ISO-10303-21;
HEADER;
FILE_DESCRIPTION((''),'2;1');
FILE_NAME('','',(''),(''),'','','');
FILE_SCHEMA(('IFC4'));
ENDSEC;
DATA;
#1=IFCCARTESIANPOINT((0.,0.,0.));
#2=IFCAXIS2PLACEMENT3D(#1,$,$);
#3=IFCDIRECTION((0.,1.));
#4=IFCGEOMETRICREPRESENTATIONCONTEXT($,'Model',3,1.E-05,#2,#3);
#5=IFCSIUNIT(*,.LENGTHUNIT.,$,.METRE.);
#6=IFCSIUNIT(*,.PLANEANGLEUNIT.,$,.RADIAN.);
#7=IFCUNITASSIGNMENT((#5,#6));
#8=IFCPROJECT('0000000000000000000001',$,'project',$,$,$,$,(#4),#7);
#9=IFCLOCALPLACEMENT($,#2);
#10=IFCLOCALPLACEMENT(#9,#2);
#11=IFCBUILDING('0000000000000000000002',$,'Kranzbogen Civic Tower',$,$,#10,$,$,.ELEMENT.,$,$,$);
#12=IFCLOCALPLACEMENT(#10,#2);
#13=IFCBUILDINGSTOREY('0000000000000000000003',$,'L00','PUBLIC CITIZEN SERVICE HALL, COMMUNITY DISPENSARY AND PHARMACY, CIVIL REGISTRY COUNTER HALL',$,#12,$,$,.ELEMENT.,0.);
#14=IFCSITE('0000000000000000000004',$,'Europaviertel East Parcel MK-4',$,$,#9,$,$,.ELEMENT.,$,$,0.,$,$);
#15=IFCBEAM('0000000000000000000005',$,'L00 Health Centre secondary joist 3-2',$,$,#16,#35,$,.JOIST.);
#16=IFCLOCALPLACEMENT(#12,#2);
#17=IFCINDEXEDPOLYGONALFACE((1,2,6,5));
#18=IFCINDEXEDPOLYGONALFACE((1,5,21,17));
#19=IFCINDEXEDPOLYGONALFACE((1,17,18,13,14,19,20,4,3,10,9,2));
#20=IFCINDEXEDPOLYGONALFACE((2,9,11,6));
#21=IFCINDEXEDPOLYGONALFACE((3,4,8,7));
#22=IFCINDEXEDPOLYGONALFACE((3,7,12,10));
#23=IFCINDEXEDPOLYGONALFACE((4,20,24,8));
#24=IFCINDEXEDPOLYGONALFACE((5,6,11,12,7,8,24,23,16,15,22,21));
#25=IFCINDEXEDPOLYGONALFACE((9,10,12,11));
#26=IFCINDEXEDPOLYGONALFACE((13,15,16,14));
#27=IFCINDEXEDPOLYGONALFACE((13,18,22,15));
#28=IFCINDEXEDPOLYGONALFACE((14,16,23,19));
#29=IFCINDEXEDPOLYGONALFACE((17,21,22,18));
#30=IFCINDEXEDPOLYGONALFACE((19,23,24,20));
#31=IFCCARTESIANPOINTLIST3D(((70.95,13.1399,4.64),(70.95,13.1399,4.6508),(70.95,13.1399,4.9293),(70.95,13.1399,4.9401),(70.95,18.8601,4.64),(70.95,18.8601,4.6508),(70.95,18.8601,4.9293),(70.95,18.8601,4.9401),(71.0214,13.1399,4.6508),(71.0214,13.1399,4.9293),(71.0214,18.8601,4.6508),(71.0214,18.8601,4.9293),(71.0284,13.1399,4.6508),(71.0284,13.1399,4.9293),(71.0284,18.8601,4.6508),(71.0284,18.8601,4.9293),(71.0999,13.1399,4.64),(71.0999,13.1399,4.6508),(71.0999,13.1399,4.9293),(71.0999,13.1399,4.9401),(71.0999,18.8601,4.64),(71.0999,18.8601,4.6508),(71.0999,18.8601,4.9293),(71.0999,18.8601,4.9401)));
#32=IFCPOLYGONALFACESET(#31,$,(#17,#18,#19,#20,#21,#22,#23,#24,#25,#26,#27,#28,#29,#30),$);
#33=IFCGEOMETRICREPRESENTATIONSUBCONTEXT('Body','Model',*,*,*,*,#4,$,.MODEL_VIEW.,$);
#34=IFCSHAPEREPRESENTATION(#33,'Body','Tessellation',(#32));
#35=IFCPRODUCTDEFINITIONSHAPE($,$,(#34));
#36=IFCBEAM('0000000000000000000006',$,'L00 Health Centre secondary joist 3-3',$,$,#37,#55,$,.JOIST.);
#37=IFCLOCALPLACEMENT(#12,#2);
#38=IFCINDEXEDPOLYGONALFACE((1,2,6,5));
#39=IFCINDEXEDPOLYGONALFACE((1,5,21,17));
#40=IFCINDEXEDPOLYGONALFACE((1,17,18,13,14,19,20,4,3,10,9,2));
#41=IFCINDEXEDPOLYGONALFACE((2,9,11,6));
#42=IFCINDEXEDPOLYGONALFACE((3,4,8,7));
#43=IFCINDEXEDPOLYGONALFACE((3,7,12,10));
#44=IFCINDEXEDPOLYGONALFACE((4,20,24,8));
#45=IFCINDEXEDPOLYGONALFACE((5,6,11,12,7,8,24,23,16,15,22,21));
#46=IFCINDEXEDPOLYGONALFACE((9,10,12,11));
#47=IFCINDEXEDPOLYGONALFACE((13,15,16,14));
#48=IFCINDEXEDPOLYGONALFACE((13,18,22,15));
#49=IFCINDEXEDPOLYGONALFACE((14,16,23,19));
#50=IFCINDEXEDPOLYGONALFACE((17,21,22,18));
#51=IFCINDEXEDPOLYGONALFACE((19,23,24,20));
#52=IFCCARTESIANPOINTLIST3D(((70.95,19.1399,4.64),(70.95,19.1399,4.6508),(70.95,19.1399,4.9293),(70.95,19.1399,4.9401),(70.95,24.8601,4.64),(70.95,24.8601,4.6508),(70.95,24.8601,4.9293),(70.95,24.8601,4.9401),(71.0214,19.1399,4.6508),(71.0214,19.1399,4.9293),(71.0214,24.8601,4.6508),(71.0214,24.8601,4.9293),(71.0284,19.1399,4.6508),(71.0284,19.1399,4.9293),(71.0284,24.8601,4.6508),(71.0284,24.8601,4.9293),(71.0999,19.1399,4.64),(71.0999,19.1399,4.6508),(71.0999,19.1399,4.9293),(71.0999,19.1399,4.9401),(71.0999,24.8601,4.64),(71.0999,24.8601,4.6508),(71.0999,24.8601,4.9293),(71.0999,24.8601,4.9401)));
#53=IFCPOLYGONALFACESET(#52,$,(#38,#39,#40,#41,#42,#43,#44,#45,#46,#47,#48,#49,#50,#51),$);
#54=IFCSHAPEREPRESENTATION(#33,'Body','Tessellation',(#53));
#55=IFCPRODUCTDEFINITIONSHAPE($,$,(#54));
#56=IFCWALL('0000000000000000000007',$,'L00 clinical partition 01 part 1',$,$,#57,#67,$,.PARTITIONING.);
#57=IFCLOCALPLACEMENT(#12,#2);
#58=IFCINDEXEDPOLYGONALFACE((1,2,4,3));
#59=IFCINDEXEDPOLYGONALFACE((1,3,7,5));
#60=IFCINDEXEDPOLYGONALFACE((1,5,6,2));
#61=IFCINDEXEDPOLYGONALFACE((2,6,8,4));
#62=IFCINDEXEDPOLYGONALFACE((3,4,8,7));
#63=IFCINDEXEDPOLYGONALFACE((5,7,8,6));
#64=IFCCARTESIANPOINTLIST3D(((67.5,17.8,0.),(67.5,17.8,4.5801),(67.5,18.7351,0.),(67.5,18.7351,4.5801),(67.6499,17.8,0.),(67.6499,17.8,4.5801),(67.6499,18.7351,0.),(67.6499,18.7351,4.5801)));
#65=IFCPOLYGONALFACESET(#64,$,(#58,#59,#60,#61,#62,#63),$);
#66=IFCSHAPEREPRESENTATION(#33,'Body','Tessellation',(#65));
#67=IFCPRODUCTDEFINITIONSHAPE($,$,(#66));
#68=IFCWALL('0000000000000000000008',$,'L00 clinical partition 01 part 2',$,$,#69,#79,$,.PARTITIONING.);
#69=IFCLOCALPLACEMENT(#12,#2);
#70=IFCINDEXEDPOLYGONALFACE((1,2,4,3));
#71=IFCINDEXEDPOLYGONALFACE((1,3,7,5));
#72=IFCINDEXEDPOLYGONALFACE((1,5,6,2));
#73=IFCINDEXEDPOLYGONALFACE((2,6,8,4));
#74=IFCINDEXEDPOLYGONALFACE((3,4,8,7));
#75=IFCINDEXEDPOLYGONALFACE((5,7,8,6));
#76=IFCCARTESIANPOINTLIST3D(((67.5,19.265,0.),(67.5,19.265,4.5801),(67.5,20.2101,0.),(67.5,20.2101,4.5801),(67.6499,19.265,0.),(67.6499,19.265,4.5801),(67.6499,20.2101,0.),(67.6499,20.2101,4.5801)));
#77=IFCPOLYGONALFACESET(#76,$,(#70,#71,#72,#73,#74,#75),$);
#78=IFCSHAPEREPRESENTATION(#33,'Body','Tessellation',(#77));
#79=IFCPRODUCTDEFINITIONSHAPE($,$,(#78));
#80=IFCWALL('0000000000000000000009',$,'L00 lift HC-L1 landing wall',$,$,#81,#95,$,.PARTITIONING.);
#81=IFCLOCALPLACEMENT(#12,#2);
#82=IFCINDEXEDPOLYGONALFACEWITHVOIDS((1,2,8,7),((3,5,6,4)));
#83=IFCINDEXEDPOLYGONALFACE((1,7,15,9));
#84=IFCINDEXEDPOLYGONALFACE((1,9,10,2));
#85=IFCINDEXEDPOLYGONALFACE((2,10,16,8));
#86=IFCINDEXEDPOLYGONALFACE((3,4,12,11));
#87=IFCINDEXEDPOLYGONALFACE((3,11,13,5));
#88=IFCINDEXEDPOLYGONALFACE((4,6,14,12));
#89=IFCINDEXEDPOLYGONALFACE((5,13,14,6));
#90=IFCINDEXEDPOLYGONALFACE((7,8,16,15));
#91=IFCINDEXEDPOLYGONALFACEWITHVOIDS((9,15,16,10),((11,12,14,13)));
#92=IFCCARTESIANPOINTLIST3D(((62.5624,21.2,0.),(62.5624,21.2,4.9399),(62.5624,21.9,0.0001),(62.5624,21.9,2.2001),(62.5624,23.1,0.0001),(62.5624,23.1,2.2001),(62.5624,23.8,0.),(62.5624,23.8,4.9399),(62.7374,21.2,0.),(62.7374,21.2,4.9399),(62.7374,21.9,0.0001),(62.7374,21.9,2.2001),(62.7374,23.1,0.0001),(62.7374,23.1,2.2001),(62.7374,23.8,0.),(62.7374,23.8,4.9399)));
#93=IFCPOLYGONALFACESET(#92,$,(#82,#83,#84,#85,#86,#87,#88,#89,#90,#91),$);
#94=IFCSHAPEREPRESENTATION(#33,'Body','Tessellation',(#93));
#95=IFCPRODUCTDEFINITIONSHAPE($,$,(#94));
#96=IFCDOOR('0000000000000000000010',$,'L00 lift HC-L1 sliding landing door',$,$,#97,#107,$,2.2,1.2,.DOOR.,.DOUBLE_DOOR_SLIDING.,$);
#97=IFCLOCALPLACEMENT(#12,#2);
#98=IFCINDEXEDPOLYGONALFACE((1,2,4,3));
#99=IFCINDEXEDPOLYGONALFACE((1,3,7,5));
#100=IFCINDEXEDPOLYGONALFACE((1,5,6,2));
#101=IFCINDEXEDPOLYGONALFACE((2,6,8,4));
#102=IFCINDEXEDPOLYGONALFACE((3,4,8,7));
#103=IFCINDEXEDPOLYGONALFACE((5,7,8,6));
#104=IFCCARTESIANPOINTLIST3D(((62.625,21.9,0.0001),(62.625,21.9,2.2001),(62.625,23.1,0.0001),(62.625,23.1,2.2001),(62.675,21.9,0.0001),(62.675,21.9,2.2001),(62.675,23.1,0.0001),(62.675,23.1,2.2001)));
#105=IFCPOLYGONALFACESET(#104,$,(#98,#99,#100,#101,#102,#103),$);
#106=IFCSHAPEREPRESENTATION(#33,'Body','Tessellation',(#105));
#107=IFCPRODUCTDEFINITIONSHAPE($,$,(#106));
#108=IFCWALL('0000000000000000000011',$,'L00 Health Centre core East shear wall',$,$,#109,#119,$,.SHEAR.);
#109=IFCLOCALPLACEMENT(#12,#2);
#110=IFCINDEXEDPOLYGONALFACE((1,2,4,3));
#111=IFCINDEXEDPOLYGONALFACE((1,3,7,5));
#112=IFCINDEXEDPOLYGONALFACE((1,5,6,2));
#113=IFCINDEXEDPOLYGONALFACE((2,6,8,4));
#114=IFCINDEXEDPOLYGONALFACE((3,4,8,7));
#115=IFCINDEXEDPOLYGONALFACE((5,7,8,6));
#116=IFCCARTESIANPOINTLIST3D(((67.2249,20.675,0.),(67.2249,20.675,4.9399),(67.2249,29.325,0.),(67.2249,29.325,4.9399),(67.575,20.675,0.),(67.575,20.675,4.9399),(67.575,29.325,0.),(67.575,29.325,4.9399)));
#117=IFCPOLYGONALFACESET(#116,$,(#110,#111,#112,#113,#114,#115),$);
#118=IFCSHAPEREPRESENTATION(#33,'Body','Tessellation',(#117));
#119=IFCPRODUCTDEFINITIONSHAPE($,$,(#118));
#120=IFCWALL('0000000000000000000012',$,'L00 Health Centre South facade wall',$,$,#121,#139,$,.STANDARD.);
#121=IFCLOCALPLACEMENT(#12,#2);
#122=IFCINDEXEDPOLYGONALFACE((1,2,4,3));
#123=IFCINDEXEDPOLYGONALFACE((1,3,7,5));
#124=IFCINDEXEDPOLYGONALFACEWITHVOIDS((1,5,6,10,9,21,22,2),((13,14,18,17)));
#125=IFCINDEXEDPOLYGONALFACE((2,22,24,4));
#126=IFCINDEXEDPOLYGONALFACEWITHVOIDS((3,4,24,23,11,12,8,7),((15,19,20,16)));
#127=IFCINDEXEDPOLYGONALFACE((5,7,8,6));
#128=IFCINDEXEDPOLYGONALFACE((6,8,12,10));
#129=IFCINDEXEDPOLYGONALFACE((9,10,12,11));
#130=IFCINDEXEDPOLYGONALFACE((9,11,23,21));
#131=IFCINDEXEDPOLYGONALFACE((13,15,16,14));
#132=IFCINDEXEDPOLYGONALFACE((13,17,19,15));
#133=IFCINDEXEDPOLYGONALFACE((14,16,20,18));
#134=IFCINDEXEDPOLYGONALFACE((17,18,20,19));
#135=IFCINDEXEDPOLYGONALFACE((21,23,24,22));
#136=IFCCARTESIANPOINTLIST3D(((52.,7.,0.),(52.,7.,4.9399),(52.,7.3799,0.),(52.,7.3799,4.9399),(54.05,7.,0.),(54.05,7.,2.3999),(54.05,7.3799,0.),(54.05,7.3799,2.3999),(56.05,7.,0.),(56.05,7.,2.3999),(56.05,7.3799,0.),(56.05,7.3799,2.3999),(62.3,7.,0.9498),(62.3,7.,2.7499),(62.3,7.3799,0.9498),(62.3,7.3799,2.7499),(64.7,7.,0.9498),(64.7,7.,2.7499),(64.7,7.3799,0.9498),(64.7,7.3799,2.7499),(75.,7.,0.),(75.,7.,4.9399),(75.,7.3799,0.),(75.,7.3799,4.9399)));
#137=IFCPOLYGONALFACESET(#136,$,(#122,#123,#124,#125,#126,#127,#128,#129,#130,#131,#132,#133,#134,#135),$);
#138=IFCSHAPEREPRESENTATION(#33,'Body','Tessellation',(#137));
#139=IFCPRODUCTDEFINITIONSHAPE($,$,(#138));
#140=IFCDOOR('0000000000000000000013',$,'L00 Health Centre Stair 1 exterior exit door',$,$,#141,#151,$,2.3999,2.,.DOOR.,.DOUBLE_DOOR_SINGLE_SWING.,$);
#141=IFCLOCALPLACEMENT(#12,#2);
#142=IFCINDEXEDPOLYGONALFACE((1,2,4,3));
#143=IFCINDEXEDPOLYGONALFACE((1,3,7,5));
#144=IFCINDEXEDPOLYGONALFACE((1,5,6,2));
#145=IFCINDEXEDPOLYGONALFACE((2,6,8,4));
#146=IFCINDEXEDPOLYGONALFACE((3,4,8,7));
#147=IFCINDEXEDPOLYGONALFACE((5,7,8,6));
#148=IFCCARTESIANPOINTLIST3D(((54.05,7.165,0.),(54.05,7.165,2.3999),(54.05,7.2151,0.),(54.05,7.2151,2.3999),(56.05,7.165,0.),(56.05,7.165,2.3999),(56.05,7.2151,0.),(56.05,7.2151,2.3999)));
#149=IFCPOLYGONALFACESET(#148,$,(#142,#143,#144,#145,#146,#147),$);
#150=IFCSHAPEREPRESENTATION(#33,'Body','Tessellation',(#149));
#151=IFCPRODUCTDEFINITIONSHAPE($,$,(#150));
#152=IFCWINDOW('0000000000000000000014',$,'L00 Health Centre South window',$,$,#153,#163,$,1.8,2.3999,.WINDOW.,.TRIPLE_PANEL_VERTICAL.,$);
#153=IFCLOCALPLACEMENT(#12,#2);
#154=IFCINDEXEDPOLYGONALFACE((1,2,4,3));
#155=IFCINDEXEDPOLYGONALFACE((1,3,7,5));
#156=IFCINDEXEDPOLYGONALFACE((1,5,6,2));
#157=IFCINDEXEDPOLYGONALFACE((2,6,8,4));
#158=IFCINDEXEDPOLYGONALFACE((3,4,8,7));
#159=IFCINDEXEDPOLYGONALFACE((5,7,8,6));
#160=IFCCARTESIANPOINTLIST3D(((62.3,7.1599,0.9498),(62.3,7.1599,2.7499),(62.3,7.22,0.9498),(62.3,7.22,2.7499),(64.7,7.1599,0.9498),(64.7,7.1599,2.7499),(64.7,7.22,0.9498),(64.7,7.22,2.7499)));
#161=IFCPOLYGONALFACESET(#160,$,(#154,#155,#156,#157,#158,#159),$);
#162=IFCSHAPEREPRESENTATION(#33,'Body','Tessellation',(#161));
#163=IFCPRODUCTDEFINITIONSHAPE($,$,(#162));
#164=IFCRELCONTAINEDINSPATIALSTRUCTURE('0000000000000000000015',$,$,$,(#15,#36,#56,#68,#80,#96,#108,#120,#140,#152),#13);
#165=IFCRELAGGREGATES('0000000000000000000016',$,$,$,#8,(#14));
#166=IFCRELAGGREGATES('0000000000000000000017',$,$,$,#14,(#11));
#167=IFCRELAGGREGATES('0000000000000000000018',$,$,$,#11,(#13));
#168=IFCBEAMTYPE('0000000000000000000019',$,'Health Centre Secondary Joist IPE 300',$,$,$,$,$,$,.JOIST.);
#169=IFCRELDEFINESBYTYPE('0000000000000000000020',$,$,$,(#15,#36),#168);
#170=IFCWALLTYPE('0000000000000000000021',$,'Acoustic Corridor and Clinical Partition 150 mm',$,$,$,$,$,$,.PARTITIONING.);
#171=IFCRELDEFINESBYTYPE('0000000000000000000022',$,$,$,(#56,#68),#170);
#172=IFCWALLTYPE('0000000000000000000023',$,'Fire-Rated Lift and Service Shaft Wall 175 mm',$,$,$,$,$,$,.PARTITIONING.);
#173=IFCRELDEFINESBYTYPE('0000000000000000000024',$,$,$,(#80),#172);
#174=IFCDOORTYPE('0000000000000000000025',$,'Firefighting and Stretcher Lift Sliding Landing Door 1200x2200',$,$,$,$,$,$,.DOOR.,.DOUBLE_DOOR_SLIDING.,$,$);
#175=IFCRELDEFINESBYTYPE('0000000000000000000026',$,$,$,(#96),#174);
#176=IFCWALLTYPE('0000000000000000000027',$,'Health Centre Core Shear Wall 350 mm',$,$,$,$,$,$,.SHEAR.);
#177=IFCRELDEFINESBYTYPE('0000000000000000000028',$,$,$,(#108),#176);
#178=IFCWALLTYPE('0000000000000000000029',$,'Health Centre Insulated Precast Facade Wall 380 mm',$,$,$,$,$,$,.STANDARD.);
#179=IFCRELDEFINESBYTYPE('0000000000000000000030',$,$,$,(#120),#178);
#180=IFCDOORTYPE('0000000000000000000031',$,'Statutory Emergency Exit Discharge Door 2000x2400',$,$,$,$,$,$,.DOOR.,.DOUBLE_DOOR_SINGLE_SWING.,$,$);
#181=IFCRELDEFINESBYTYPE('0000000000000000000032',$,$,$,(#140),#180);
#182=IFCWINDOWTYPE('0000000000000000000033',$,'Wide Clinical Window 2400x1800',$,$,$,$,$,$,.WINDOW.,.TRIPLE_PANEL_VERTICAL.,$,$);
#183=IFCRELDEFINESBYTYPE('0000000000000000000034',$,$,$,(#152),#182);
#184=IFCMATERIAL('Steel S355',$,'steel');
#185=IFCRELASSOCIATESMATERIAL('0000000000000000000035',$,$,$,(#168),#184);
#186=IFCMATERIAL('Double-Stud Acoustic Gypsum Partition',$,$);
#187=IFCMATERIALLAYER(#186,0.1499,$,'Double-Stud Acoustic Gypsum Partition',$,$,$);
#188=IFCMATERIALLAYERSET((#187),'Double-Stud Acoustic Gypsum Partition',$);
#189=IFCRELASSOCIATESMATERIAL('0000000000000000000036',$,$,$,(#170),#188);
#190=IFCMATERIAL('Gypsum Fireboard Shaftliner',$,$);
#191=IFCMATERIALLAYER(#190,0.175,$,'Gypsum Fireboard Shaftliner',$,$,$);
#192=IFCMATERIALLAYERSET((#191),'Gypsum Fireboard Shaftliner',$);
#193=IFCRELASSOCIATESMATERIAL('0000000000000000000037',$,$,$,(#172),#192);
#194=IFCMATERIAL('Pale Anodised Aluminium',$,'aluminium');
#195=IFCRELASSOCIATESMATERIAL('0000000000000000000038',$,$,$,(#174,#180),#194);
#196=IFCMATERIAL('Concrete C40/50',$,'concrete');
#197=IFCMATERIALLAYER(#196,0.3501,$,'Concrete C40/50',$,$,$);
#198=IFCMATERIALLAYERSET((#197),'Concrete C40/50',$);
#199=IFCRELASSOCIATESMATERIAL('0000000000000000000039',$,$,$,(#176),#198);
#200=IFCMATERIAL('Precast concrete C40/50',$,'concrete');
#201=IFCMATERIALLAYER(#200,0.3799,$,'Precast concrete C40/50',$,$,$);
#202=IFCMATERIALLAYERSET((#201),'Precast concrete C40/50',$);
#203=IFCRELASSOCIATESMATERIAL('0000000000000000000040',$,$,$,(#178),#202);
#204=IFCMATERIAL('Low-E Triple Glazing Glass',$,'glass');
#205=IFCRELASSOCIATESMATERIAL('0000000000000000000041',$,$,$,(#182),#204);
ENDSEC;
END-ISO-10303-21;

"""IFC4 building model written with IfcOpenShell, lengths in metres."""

from ifc_helpers import new_model, si_unit, direction, frame, frame_2d, origin, origin_2d, place, context, subcontext, project, spatial, rectangle, i_section, extrude, material, layer, layer_set, material_profile, profile_set, type_object, element, fill, save


model = new_model("IFC4")

# Units and contexts
model_context = context("Model", 3, precision=1e-05, world=origin(), true_north=direction((0.0, 1.0)))
body_context = subcontext(model_context, "Body", "Model", "MODEL_VIEW")
ifc_project = project(units=[si_unit("LENGTHUNIT", "METRE"), si_unit("PLANEANGLEUNIT", "RADIAN")], contexts=[model_context])

# Site, building, storey
site_placement = place(None, origin())
site = spatial("IfcSite", under=ifc_project, at=site_placement, Name="Europaviertel East Parcel MK-4", CompositionType="ELEMENT", RefElevation=0.0)
building_placement = place(site_placement, origin())
building = spatial("IfcBuilding", under=site, at=building_placement, Name="Kranzbogen Civic Tower", CompositionType="ELEMENT")
storey_placement = place(building_placement, origin())
storey = spatial("IfcBuildingStorey", under=building, at=storey_placement, Name="L00", Description="PUBLIC CITIZEN SERVICE HALL, COMMUNITY DISPENSARY AND PHARMACY, CIVIL REGISTRY COUNTER HALL", CompositionType="ELEMENT", Elevation=0.0)

# Shared definitions
ifc_material_1 = material(Name="Steel S355", Category="steel")
ifc_material_2 = material(Name="Concrete C40/50", Category="concrete")

# Beams
ifc_material_profile_1 = material_profile(ifc_material_1, i_section(OverallWidth=0.1499, OverallDepth=0.3, WebThickness=0.0071, FlangeThickness=0.0107, at=origin_2d()), Name="IPE 300")
ifc_profile_set_1 = profile_set([ifc_material_profile_1], Name="Steel S355")
beam_type_1 = type_object("IfcBeamType", Name="Health Centre Secondary Joist IPE 300", PredefinedType="JOIST", material=ifc_profile_set_1)
for number, where, z_axis, x_axis, name in (
    (1, (71.0249, 13.1399, 4.79), (0.0, 1.0, 0.0), (-1.0, 0.0, 0.0), "L00 Health Centre secondary joist 3-2"),
    (2, (71.0249, 19.1399, 4.79), (0.0, 1.0, 0.0), (-1.0, 0.0, 0.0), "L00 Health Centre secondary joist 3-3"),
):
    element("IfcBeam", number, at=place(storey_placement, frame(where, z_axis=z_axis, x_axis=x_axis)), inside=storey, type_object=beam_type_1, Name=name, PredefinedType="JOIST", context=body_context, shape_type="SweptSolid", body=[
        extrude(i_section(OverallWidth=0.1499, OverallDepth=0.3, WebThickness=0.0071, FlangeThickness=0.0107, at=origin_2d()), origin(), (0.0, 0.0, 1.0), 5.7202),
    ])

# Walls
ifc_material_3 = material(Name="Double-Stud Acoustic Gypsum Partition")
ifc_layer_1 = layer(ifc_material_3, 0.1499, Name="Double-Stud Acoustic Gypsum Partition")
ifc_layer_set_1 = layer_set([ifc_layer_1], Name="Double-Stud Acoustic Gypsum Partition")
wall_type_1 = type_object("IfcWallType", Name="Acoustic Corridor and Clinical Partition 150 mm", PredefinedType="PARTITIONING", material=ifc_layer_set_1)
wall_1_placement = place(storey_placement, frame((67.575, 17.8, 0.0), z_axis=(0.0, 0.0, 1.0), x_axis=(0.0, 1.0, 0.0)))
element("IfcWall", 3, at=wall_1_placement, inside=storey, type_object=wall_type_1, Name="L00 clinical partition 01 part 1", PredefinedType="PARTITIONING", context=body_context, shape_type="SweptSolid", body=[
    extrude(rectangle(XDim=0.9351, YDim=0.1499, at=frame_2d((0.4675, 0.0))), origin(), (0.0, 0.0, 1.0), 4.5801),
])
wall_2_placement = place(storey_placement, frame((67.575, 19.2649, 0.0), z_axis=(0.0, 0.0, 1.0), x_axis=(0.0, 1.0, 0.0)))
element("IfcWall", 4, at=wall_2_placement, inside=storey, type_object=wall_type_1, Name="L00 clinical partition 01 part 2", PredefinedType="PARTITIONING", context=body_context, shape_type="SweptSolid", body=[
    extrude(rectangle(XDim=0.9451, YDim=0.1499, at=frame_2d((0.4727, 0.0))), origin(), (0.0, 0.0, 1.0), 4.5801),
])

# Wall, opening, door
ifc_material_4 = material(Name="Gypsum Fireboard Shaftliner")
ifc_layer_2 = layer(ifc_material_4, 0.175, Name="Gypsum Fireboard Shaftliner")
ifc_layer_set_2 = layer_set([ifc_layer_2], Name="Gypsum Fireboard Shaftliner")
wall_type_2 = type_object("IfcWallType", Name="Fire-Rated Lift and Service Shaft Wall 175 mm", PredefinedType="PARTITIONING", material=ifc_layer_set_2)
wall_3_placement = place(storey_placement, frame((62.6499, 21.2, 0.0), z_axis=(0.0, 0.0, 1.0), x_axis=(0.0, 1.0, 0.0)))
wall_3 = element("IfcWall", 5, at=wall_3_placement, inside=storey, type_object=wall_type_2, Name="L00 lift HC-L1 landing wall", PredefinedType="PARTITIONING", context=body_context, shape_type="SweptSolid", body=[
    extrude(rectangle(XDim=2.6001, YDim=0.175, at=frame_2d((1.3, 0.0))), origin(), (0.0, 0.0, 1.0), 4.9399),
])
opening_1_placement = place(wall_3_placement, frame((0.7, 0.0, 0.0)))
opening_1 = element("IfcOpeningElement", 6, at=opening_1_placement, cuts=wall_3, PredefinedType="OPENING", context=body_context, shape_type="SweptSolid", body=[
    extrude(rectangle(XDim=1.2, YDim=2.2, at=frame_2d((0.6001, 1.1001))), frame((0.0, 0.0977, 0.0), z_axis=(0.0, -1.0, 0.0), x_axis=(1.0, 0.0, 0.0)), (0.0, 0.0, 1.0), 0.1951),
])
ifc_material_5 = material(Name="Pale Anodised Aluminium", Category="aluminium")
door_type_1 = type_object("IfcDoorType", Name="Firefighting and Stretcher Lift Sliding Landing Door 1200x2200", OperationType="DOUBLE_DOOR_SLIDING", PredefinedType="DOOR", material=ifc_material_5)
door_1_placement = place(opening_1_placement, origin())
door_1 = element("IfcDoor", 7, at=door_1_placement, inside=storey, type_object=door_type_1, Name="L00 lift HC-L1 sliding landing door", OperationType="DOUBLE_DOOR_SLIDING", OverallHeight=2.2, OverallWidth=1.2, PredefinedType="DOOR", context=body_context, shape_type="SweptSolid", body=[
    extrude(rectangle(XDim=1.2, YDim=2.2, at=frame_2d((0.6001, 1.1001))), frame((0.0, 0.0249, 0.0), z_axis=(0.0, -1.0, 0.0), x_axis=(1.0, 0.0, 0.0)), (0.0, 0.0, 1.0), 0.05),
])
fill(opening_1, door_1)

# Wall
ifc_layer_3 = layer(ifc_material_2, 0.3501, Name="Concrete C40/50")
ifc_layer_set_3 = layer_set([ifc_layer_3], Name="Concrete C40/50")
wall_type_3 = type_object("IfcWallType", Name="Health Centre Core Shear Wall 350 mm", PredefinedType="SHEAR", material=ifc_layer_set_3)
wall_4_placement = place(storey_placement, frame((67.3999, 20.675, 0.0), z_axis=(0.0, 0.0, 1.0), x_axis=(0.0, 1.0, 0.0)))
element("IfcWall", 8, at=wall_4_placement, inside=storey, type_object=wall_type_3, Name="L00 Health Centre core East shear wall", PredefinedType="SHEAR", context=body_context, shape_type="SweptSolid", body=[
    extrude(rectangle(XDim=8.6499, YDim=0.3501, at=frame_2d((4.325, 0.0))), origin(), (0.0, 0.0, 1.0), 4.9399),
])

# Wall, openings, door, window
ifc_material_6 = material(Name="Precast concrete C40/50", Category="concrete")
ifc_layer_4 = layer(ifc_material_6, 0.3799, Name="Precast concrete C40/50")
ifc_layer_set_4 = layer_set([ifc_layer_4], Name="Precast concrete C40/50")
wall_type_4 = type_object("IfcWallType", Name="Health Centre Insulated Precast Facade Wall 380 mm", PredefinedType="STANDARD", material=ifc_layer_set_4)
wall_5_placement = place(storey_placement, frame((75.0, 7.1899, 0.0), z_axis=(0.0, 0.0, 1.0), x_axis=(-1.0, 0.0, 0.0)))
wall_5 = element("IfcWall", 9, at=wall_5_placement, inside=storey, type_object=wall_type_4, Name="L00 Health Centre South facade wall", PredefinedType="STANDARD", context=body_context, shape_type="SweptSolid", body=[
    extrude(rectangle(XDim=23.0, YDim=0.3799, at=frame_2d((11.5, 0.0))), origin(), (0.0, 0.0, 1.0), 4.9399),
])
opening_2_placement = place(wall_5_placement, frame((18.95, 0.0, 0.0)))
opening_2 = element("IfcOpeningElement", 10, at=opening_2_placement, cuts=wall_5, PredefinedType="OPENING", context=body_context, shape_type="SweptSolid", body=[
    extrude(rectangle(XDim=2.0, YDim=2.3999, at=frame_2d((1.0, 1.2))), frame((0.0, 0.2, 0.0), z_axis=(0.0, -1.0, 0.0), x_axis=(1.0, 0.0, 0.0)), (0.0, 0.0, 1.0), 0.3999),
])
opening_3_placement = place(wall_5_placement, frame((10.3, 0.0, 0.95)))
opening_3 = element("IfcOpeningElement", 11, at=opening_3_placement, cuts=wall_5, PredefinedType="OPENING", context=body_context, shape_type="SweptSolid", body=[
    extrude(rectangle(XDim=2.3999, YDim=1.8, at=frame_2d((1.2, 0.8999))), frame((0.0, 0.2, 0.0), z_axis=(0.0, -1.0, 0.0), x_axis=(1.0, 0.0, 0.0)), (0.0, 0.0, 1.0), 0.3999),
])
door_type_2 = type_object("IfcDoorType", Name="Statutory Emergency Exit Discharge Door 2000x2400", OperationType="DOUBLE_DOOR_SINGLE_SWING", PredefinedType="DOOR", material=ifc_material_5)
door_2_placement = place(opening_2_placement, origin())
door_2 = element("IfcDoor", 12, at=door_2_placement, inside=storey, type_object=door_type_2, Name="L00 Health Centre Stair 1 exterior exit door", OperationType="DOUBLE_DOOR_SINGLE_SWING", OverallHeight=2.3999, OverallWidth=2.0, PredefinedType="DOOR", context=body_context, shape_type="SweptSolid", body=[
    extrude(rectangle(XDim=2.0, YDim=2.3999, at=frame_2d((1.0, 1.2))), frame((0.0, 0.0249, 0.0), z_axis=(0.0, -1.0, 0.0), x_axis=(1.0, 0.0, 0.0)), (0.0, 0.0, 1.0), 0.05),
])
fill(opening_2, door_2)
ifc_material_7 = material(Name="Low-E Triple Glazing Glass", Category="glass")
window_type = type_object("IfcWindowType", Name="Wide Clinical Window 2400x1800", PartitioningType="TRIPLE_PANEL_VERTICAL", PredefinedType="WINDOW", material=ifc_material_7)
window_placement = place(opening_3_placement, origin())
window = element("IfcWindow", 13, at=window_placement, inside=storey, type_object=window_type, Name="L00 Health Centre South window", OverallHeight=1.8, OverallWidth=2.3999, PartitioningType="TRIPLE_PANEL_VERTICAL", PredefinedType="WINDOW", context=body_context, shape_type="SweptSolid", body=[
    extrude(rectangle(XDim=2.3999, YDim=1.8, at=frame_2d((1.2, 0.8999))), frame((0.0, 0.03, 0.0), z_axis=(0.0, -1.0, 0.0), x_axis=(1.0, 0.0, 0.0)), (0.0, 0.0, 1.0), 0.0601),
])
fill(opening_3, window)

save(model, "model.ifc")
